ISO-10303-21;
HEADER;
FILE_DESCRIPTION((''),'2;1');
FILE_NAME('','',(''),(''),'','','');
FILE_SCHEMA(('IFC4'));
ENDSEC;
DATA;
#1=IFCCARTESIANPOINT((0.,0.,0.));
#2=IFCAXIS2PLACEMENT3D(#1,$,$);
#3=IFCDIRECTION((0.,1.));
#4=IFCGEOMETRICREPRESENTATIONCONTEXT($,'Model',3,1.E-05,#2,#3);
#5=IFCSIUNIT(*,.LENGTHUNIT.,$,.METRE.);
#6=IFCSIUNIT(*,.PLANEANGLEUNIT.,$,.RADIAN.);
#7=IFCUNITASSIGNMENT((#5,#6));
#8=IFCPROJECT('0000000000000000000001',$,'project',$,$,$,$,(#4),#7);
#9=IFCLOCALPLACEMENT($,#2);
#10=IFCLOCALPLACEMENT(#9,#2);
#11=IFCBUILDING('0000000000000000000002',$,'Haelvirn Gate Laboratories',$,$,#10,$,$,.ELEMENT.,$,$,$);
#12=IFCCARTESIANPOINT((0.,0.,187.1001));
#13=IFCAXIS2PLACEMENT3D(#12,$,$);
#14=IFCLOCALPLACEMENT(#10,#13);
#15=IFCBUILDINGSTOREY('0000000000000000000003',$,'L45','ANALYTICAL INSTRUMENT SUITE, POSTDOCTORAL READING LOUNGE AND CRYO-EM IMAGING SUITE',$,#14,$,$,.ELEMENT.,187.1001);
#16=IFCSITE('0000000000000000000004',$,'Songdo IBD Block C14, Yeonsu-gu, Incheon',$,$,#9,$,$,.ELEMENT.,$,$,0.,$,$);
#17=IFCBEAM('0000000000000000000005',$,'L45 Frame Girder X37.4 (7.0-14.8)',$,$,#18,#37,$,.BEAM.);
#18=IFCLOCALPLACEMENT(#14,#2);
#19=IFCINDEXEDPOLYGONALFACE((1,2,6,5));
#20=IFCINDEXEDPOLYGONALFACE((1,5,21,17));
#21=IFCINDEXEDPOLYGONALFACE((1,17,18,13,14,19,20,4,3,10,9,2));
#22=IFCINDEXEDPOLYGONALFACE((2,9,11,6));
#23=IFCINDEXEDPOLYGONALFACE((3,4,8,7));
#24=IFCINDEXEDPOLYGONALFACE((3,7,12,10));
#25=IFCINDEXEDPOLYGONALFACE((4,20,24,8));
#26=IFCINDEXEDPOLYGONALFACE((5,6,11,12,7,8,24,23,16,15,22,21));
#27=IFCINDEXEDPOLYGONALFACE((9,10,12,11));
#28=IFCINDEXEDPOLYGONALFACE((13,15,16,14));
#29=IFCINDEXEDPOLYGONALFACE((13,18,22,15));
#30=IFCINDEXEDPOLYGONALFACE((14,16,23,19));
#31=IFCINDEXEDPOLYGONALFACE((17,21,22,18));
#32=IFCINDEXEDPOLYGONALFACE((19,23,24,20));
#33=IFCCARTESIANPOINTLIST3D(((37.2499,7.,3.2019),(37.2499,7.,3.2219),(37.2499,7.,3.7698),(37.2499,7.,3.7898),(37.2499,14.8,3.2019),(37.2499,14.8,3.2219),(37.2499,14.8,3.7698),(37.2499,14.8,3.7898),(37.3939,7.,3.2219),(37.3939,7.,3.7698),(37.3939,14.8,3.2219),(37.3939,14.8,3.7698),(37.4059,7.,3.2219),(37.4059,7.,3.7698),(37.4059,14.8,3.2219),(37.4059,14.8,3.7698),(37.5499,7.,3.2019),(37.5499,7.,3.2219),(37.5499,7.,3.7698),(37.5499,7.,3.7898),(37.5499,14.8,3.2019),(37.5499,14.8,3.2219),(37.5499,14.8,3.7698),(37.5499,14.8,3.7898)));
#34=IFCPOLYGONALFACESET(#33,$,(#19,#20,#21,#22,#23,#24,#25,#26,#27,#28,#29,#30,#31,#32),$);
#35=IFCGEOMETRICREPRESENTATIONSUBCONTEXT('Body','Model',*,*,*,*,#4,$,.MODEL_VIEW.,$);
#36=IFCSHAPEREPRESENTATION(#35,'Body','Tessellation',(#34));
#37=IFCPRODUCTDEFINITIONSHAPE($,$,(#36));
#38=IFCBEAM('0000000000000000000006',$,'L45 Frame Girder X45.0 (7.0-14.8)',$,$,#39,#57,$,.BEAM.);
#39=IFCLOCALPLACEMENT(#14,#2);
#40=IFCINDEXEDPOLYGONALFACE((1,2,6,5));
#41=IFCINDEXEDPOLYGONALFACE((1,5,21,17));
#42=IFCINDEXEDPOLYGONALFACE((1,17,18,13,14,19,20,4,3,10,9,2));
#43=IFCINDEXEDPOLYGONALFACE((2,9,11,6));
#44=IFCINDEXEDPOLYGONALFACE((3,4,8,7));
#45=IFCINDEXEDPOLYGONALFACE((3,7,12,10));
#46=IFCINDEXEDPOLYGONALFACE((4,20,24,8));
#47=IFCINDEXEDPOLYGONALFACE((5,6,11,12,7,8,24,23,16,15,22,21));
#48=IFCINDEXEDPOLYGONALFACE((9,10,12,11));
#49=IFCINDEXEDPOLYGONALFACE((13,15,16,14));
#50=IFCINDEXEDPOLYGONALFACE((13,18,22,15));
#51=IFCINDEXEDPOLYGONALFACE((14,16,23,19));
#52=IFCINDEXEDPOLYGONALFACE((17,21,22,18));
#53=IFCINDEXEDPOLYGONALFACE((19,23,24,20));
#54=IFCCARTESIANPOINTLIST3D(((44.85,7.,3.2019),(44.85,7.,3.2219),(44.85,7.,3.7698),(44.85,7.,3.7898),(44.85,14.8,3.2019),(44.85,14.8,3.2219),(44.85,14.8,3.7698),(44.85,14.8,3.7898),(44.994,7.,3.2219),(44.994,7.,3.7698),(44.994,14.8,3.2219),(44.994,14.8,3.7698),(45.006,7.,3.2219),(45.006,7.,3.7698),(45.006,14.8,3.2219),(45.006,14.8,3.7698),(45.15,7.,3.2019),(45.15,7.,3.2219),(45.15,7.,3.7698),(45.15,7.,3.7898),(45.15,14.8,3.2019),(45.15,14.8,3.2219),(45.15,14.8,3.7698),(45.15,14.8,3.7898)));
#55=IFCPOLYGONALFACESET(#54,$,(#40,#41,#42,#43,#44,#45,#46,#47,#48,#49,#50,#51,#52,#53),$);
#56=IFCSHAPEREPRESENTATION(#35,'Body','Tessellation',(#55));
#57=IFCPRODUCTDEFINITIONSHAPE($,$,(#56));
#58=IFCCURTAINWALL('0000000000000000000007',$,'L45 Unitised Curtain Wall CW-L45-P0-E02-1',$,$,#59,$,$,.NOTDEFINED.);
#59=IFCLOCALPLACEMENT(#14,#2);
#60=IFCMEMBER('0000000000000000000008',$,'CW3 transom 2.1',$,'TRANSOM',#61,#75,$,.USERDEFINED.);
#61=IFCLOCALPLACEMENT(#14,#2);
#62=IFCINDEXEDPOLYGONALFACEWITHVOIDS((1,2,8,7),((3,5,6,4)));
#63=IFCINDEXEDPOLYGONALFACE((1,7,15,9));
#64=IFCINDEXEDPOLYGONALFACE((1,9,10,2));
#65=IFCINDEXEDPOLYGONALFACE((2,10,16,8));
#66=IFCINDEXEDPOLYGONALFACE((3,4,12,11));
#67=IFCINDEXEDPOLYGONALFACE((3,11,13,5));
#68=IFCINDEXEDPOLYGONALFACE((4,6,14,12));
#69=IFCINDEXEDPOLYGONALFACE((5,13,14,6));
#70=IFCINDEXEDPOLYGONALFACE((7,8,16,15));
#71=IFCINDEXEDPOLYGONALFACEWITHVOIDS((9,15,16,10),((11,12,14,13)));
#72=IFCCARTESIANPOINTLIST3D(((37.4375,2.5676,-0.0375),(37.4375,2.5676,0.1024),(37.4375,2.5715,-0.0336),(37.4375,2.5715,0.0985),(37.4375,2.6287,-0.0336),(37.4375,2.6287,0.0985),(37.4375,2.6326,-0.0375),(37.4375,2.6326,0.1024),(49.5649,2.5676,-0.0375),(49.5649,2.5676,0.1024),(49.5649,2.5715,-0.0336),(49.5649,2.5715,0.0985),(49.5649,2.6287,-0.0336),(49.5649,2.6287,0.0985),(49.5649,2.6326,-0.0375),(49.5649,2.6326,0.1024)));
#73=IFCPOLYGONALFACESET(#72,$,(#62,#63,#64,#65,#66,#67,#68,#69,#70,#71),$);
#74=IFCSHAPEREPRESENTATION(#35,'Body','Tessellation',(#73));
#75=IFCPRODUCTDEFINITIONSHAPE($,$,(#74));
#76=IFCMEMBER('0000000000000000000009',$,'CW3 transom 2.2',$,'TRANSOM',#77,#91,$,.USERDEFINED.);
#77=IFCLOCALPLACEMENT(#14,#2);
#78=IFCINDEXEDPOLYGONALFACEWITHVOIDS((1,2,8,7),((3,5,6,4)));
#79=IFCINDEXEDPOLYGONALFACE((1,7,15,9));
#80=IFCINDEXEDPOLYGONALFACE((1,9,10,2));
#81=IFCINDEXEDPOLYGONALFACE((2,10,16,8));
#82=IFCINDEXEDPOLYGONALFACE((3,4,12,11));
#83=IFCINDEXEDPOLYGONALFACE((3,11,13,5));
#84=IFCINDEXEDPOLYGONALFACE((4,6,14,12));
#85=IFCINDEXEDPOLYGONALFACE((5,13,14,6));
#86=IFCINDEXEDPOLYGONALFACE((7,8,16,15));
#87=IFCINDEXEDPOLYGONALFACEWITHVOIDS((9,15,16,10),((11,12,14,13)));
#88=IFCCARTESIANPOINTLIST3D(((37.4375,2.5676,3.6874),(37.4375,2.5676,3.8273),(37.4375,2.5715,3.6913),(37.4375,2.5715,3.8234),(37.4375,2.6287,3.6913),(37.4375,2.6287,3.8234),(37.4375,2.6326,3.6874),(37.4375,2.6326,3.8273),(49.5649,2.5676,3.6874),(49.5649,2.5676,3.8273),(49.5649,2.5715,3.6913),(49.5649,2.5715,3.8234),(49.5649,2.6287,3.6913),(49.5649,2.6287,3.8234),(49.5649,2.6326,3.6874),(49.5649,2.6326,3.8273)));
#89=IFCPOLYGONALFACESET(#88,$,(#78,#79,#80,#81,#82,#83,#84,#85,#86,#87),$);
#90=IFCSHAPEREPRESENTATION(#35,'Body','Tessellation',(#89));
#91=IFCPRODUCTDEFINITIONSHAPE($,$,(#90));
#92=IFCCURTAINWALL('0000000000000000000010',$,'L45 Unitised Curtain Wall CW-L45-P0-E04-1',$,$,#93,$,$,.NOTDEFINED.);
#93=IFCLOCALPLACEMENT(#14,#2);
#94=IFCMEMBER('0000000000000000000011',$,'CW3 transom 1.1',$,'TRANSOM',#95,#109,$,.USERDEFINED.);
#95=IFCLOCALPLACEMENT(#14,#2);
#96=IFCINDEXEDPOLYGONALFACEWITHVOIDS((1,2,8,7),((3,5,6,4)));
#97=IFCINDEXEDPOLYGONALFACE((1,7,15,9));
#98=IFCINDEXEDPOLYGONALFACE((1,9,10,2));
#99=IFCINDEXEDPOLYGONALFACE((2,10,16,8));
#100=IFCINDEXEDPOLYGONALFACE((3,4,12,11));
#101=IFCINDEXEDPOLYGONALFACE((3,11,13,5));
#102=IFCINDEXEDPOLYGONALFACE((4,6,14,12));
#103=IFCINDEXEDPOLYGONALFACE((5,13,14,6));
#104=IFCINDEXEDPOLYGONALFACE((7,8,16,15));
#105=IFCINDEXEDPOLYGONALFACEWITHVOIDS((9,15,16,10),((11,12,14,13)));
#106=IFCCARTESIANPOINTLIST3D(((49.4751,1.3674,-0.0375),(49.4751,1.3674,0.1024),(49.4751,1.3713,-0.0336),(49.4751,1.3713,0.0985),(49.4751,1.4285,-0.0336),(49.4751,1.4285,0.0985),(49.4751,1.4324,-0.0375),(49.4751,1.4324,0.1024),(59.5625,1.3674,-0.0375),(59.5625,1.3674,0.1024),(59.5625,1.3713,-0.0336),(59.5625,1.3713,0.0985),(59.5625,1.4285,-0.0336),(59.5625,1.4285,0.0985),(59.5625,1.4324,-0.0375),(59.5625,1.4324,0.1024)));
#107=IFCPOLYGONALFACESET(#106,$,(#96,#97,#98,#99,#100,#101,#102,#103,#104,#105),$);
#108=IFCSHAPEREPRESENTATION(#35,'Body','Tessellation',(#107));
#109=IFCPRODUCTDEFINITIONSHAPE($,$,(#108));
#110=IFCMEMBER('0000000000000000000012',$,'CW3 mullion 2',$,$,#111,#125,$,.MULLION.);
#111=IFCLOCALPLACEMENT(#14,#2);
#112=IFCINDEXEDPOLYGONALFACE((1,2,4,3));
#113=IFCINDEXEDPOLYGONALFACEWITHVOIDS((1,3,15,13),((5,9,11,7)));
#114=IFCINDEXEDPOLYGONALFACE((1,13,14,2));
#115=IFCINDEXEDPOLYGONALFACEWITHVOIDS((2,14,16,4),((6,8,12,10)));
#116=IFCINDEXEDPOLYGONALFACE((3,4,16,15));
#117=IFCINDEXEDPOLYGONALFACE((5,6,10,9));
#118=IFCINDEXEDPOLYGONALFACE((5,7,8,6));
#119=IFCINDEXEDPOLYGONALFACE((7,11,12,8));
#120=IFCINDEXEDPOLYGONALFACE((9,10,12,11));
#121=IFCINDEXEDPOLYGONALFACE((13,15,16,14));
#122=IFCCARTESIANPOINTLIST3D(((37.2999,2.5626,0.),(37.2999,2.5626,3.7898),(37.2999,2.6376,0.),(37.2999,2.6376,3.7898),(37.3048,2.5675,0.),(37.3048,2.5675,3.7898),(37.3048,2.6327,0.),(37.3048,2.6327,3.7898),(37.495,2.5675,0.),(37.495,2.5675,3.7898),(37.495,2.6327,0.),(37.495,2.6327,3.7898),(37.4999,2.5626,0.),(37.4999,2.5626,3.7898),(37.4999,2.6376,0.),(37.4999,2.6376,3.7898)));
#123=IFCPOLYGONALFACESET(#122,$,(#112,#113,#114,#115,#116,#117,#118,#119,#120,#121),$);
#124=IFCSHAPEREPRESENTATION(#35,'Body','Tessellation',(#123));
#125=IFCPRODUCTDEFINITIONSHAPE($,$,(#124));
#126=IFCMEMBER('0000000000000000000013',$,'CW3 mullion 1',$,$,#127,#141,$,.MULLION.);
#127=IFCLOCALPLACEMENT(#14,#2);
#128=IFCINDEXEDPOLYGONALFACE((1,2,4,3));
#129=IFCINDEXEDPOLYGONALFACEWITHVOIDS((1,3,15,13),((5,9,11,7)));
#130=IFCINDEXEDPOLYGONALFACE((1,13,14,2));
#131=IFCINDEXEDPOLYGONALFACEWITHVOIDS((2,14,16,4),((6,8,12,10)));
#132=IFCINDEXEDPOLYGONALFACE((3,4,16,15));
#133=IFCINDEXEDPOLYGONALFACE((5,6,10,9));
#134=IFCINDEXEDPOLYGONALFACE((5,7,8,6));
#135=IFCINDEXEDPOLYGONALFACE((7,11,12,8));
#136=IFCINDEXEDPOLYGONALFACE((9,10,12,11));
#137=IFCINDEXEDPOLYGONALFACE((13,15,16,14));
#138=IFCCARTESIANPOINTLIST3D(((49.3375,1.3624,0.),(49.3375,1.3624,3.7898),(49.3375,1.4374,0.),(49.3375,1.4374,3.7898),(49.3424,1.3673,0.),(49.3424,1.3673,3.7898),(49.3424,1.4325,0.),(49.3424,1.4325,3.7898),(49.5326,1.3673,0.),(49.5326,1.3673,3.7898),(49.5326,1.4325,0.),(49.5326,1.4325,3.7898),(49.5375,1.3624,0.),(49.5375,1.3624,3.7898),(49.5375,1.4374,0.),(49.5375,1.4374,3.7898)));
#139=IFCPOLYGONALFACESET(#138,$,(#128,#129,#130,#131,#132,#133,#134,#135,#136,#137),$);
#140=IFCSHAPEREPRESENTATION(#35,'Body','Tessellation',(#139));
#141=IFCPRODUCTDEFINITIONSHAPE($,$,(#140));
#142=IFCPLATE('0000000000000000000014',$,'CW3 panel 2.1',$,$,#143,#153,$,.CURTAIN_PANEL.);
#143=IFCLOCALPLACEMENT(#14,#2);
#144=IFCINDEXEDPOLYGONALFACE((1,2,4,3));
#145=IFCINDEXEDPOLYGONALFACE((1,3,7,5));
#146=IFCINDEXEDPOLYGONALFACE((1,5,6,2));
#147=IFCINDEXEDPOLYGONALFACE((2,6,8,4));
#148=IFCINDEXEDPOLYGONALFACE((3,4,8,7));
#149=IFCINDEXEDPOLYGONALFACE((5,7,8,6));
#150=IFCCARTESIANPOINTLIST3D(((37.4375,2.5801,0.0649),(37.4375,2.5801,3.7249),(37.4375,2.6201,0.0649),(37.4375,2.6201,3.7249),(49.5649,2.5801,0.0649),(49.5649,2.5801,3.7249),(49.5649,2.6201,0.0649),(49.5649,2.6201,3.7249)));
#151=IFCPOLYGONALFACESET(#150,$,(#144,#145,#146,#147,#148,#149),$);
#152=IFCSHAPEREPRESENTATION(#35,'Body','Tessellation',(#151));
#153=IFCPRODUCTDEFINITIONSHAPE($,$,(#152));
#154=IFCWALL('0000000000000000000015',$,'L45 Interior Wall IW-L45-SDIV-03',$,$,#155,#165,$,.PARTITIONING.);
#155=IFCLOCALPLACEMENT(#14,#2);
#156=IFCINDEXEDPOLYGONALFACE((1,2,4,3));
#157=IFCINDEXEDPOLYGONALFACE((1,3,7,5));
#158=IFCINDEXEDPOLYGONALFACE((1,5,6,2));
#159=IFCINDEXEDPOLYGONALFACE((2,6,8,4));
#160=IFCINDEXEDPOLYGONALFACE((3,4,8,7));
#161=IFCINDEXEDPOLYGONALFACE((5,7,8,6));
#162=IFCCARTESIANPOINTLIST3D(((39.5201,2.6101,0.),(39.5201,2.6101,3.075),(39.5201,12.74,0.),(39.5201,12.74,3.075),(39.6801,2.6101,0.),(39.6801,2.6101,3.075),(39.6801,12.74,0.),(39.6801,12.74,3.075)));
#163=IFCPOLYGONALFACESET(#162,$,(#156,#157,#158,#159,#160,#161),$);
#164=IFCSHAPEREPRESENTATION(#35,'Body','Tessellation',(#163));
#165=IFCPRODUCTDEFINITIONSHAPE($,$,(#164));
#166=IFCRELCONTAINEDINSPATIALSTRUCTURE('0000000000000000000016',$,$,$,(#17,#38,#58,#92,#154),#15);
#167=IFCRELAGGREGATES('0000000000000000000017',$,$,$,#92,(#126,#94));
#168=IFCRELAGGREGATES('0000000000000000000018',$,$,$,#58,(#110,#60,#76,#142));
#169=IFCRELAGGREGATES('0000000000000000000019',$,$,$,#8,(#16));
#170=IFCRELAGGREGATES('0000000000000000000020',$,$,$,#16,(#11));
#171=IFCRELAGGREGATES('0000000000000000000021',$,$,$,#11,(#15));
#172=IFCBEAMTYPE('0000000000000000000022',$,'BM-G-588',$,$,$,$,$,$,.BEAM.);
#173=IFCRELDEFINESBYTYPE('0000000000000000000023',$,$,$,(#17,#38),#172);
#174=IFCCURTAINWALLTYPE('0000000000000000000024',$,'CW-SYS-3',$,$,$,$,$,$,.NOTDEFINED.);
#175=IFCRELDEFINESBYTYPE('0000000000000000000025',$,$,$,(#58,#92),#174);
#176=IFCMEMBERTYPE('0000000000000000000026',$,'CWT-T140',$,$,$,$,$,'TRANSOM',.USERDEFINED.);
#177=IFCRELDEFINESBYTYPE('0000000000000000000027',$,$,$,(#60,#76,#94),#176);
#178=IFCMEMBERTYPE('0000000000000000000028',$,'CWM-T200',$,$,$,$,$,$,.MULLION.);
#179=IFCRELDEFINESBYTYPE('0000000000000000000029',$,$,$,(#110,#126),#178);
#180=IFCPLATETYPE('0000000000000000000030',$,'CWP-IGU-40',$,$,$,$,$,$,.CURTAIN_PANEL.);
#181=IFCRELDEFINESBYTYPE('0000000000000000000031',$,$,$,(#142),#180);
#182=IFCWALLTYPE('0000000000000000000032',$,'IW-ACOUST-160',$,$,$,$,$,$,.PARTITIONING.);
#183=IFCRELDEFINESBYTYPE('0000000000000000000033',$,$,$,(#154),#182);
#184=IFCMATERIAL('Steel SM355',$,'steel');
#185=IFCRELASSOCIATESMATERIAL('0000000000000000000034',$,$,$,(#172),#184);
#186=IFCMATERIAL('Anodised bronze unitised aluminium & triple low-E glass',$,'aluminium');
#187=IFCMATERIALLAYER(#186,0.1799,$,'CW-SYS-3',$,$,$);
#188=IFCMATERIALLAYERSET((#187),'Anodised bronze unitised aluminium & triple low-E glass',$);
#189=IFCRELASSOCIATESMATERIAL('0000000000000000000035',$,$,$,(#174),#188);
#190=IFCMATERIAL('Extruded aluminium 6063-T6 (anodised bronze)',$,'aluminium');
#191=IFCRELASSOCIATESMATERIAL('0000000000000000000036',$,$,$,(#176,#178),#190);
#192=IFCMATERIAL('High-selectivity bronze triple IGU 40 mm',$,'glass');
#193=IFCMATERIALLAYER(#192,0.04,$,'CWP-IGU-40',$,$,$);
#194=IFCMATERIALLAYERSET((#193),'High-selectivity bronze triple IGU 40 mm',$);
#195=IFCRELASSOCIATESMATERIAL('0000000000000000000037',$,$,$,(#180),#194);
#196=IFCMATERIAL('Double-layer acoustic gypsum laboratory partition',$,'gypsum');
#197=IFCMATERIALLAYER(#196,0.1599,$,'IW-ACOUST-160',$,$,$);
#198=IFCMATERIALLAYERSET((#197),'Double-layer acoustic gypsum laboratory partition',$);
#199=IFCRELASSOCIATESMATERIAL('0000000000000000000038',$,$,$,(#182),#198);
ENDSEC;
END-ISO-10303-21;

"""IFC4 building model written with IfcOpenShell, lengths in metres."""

from ifc_helpers import new_model, si_unit, direction, frame, frame_2d, origin, origin_2d, place, context, subcontext, project, spatial, rectangle, hollow_rectangle, i_section, extrude, source, transform, mapped, material, layer, layer_set, material_profile, profile_set, type_object, type_shapes, element, aggregate, save


model = new_model("IFC4")

# Units and contexts
model_context = context("Model", 3, precision=1e-05, world=origin(), true_north=direction((0.0, 1.0)))
body_context = subcontext(model_context, "Body", "Model", "MODEL_VIEW")
ifc_project = project(units=[si_unit("LENGTHUNIT", "METRE"), si_unit("PLANEANGLEUNIT", "RADIAN")], contexts=[model_context])

# Site, building, storey
site_placement = place(None, origin())
site = spatial("IfcSite", under=ifc_project, at=site_placement, Name="Songdo IBD Block C14, Yeonsu-gu, Incheon", CompositionType="ELEMENT", RefElevation=0.0)
building_placement = place(site_placement, origin())
building = spatial("IfcBuilding", under=site, at=building_placement, Name="Haelvirn Gate Laboratories", CompositionType="ELEMENT")
storey_placement = place(building_placement, frame((0.0, 0.0, 187.1001)))
storey = spatial("IfcBuildingStorey", under=building, at=storey_placement, Name="L45", Description="ANALYTICAL INSTRUMENT SUITE, POSTDOCTORAL READING LOUNGE AND CRYO-EM IMAGING SUITE", CompositionType="ELEMENT", Elevation=187.1001)

# Shared definitions
ifc_material_1 = material(Name="Steel SM355", Category="steel")

# Beams
ifc_material_profile_1 = material_profile(ifc_material_1, i_section(OverallWidth=0.3, OverallDepth=0.5879, WebThickness=0.012, FlangeThickness=0.02, at=origin_2d()), Name="H-588x300x12x20")
ifc_profile_set_1 = profile_set([ifc_material_profile_1], Name="Steel SM355")
beam_type_1 = type_object("IfcBeamType", Name="BM-G-588", PredefinedType="BEAM", material=ifc_profile_set_1)
shared_shape_1 = source(origin(), body_context, "Body", "SweptSolid", [
    extrude(i_section(OverallWidth=0.3, OverallDepth=0.5879, WebThickness=0.012, FlangeThickness=0.02, at=origin_2d()), origin(), (0.0, 0.0, 1.0), 7.8),
])
type_shapes(beam_type_1, [shared_shape_1])
for number, where, z_axis, x_axis, name in (
    (1, (37.3999, 7.0, 3.4958), (0.0, 1.0, 0.0), (-1.0, 0.0, 0.0), "L45 Frame Girder X37.4 (7.0-14.8)"),
    (2, (45.0, 7.0, 3.4958), (0.0, 1.0, 0.0), (-1.0, 0.0, 0.0), "L45 Frame Girder X45.0 (7.0-14.8)"),
):
    element("IfcBeam", number, at=place(storey_placement, frame(where, z_axis=z_axis, x_axis=x_axis)), inside=storey, type_object=beam_type_1, Name=name, PredefinedType="BEAM", context=body_context, shape_type="MappedRepresentation", body=[
        mapped(shared_shape_1, transform((0.0, 0.0, 0.0), scale=1.0)),
    ])

# Curtain wall, members
ifc_material_2 = material(Name="Anodised bronze unitised aluminium & triple low-E glass", Category="aluminium")
ifc_layer_1 = layer(ifc_material_2, 0.1799, Name="CW-SYS-3")
ifc_layer_set_1 = layer_set([ifc_layer_1], Name="Anodised bronze unitised aluminium & triple low-E glass")
curtain_wall_type = type_object("IfcCurtainWallType", Name="CW-SYS-3", PredefinedType="NOTDEFINED", material=ifc_layer_set_1)
curtain_wall_1_placement = place(storey_placement, origin())
curtain_wall_1 = element("IfcCurtainWall", 3, at=curtain_wall_1_placement, inside=storey, type_object=curtain_wall_type, Name="L45 Unitised Curtain Wall CW-L45-P0-E02-1", PredefinedType="NOTDEFINED")
ifc_material_3 = material(Name="Extruded aluminium 6063-T6 (anodised bronze)", Category="aluminium")
ifc_material_profile_2 = material_profile(ifc_material_3, hollow_rectangle(XDim=0.0649, YDim=0.1399, WallThickness=0.0039, at=origin_2d()), Name="CWT-140x65x4")
ifc_profile_set_2 = profile_set([ifc_material_profile_2], Name="Extruded aluminium 6063-T6 (anodised bronze)")
member_type_1 = type_object("IfcMemberType", Name="CWT-T140", ElementType="TRANSOM", PredefinedType="USERDEFINED", material=ifc_profile_set_2)
shared_shape_2 = source(origin(), body_context, "Body", "SweptSolid", [
    extrude(hollow_rectangle(XDim=0.0649, YDim=0.1399, WallThickness=0.0039, at=origin_2d()), origin(), (0.0, 0.0, 1.0), 12.1274),
])
member_1_placement = place(storey_placement, frame((37.4375, 2.6001, 0.0325), z_axis=(1.0, 0.0, 0.0), x_axis=(0.0, 1.0, 0.0)))
member_1 = element("IfcMember", 4, at=member_1_placement, type_object=member_type_1, Name="CW3 transom 2.1", ObjectType="TRANSOM", PredefinedType="USERDEFINED", context=body_context, shape_type="MappedRepresentation", body=[
    mapped(shared_shape_2, transform((0.0, 0.0, 0.0), scale=1.0)),
])
member_2_placement = place(storey_placement, frame((37.4375, 2.6001, 3.7573), z_axis=(1.0, 0.0, 0.0), x_axis=(0.0, 1.0, 0.0)))
member_2 = element("IfcMember", 5, at=member_2_placement, type_object=member_type_1, Name="CW3 transom 2.2", ObjectType="TRANSOM", PredefinedType="USERDEFINED", context=body_context, shape_type="MappedRepresentation", body=[
    mapped(shared_shape_2, transform((0.0, 0.0, 0.0), scale=1.0)),
])

# Curtain wall, member
curtain_wall_2_placement = place(storey_placement, origin())
curtain_wall_2 = element("IfcCurtainWall", 6, at=curtain_wall_2_placement, inside=storey, type_object=curtain_wall_type, Name="L45 Unitised Curtain Wall CW-L45-P0-E04-1", PredefinedType="NOTDEFINED")
shared_shape_3 = source(origin(), body_context, "Body", "SweptSolid", [
    extrude(hollow_rectangle(XDim=0.0649, YDim=0.1399, WallThickness=0.0039, at=origin_2d()), origin(), (0.0, 0.0, 1.0), 10.0874),
])
type_shapes(member_type_1, [shared_shape_2, shared_shape_3])
member_3_placement = place(storey_placement, frame((49.4751, 1.3999, 0.0325), z_axis=(1.0, 0.0, 0.0), x_axis=(0.0, 1.0, 0.0)))
member_3 = element("IfcMember", 7, at=member_3_placement, type_object=member_type_1, Name="CW3 transom 1.1", ObjectType="TRANSOM", PredefinedType="USERDEFINED", context=body_context, shape_type="MappedRepresentation", body=[
    mapped(shared_shape_3, transform((0.0, 0.0, 0.0), scale=1.0)),
])

# Members
ifc_material_profile_3 = material_profile(ifc_material_3, hollow_rectangle(XDim=0.075, YDim=0.2, WallThickness=0.0049, at=origin_2d()), Name="CWM-200x75x5")
ifc_profile_set_3 = profile_set([ifc_material_profile_3], Name="Extruded aluminium 6063-T6 (anodised bronze)")
member_type_2 = type_object("IfcMemberType", Name="CWM-T200", PredefinedType="MULLION", material=ifc_profile_set_3)
shared_shape_4 = source(origin(), body_context, "Body", "SweptSolid", [
    extrude(hollow_rectangle(XDim=0.075, YDim=0.2, WallThickness=0.0049, at=origin_2d()), origin(), (0.0, 0.0, 1.0), 3.7898),
])
type_shapes(member_type_2, [shared_shape_4])
member_4_placement = place(storey_placement, frame((37.3999, 2.6001, 0.0), z_axis=(0.0, 0.0, 1.0), x_axis=(0.0, 1.0, 0.0)))
member_4 = element("IfcMember", 8, at=member_4_placement, type_object=member_type_2, Name="CW3 mullion 2", PredefinedType="MULLION", context=body_context, shape_type="MappedRepresentation", body=[
    mapped(shared_shape_4, transform((0.0, 0.0, 0.0), scale=1.0)),
])
member_5_placement = place(storey_placement, frame((49.4375, 1.3999, 0.0), z_axis=(0.0, 0.0, 1.0), x_axis=(0.0, 1.0, 0.0)))
member_5 = element("IfcMember", 9, at=member_5_placement, type_object=member_type_2, Name="CW3 mullion 1", PredefinedType="MULLION", context=body_context, shape_type="MappedRepresentation", body=[
    mapped(shared_shape_4, transform((0.0, 0.0, 0.0), scale=1.0)),
])
aggregate(curtain_wall_2, [member_5, member_3])

# Plate
ifc_material_4 = material(Name="High-selectivity bronze triple IGU 40 mm", Category="glass")
ifc_layer_2 = layer(ifc_material_4, 0.04, Name="CWP-IGU-40")
ifc_layer_set_2 = layer_set([ifc_layer_2], Name="High-selectivity bronze triple IGU 40 mm")
plate_type = type_object("IfcPlateType", Name="CWP-IGU-40", PredefinedType="CURTAIN_PANEL", material=ifc_layer_set_2)
shared_shape_5 = source(origin(), body_context, "Body", "SweptSolid", [
    extrude(rectangle(XDim=12.1274, YDim=0.04, at=origin_2d()), origin(), (0.0, 0.0, 1.0), 3.6599),
])
type_shapes(plate_type, [shared_shape_5])
plate_placement = place(storey_placement, frame((43.5012, 2.6001, 0.0649), z_axis=(0.0, 0.0, 1.0), x_axis=(1.0, 0.0, 0.0)))
plate = element("IfcPlate", 10, at=plate_placement, type_object=plate_type, Name="CW3 panel 2.1", PredefinedType="CURTAIN_PANEL", context=body_context, shape_type="MappedRepresentation", body=[
    mapped(shared_shape_5, transform((0.0, 0.0, 0.0), scale=1.0)),
])
aggregate(curtain_wall_1, [member_4, member_1, member_2, plate])

# Wall
ifc_material_5 = material(Name="Double-layer acoustic gypsum laboratory partition", Category="gypsum")
ifc_layer_3 = layer(ifc_material_5, 0.1599, Name="IW-ACOUST-160")
ifc_layer_set_3 = layer_set([ifc_layer_3], Name="Double-layer acoustic gypsum laboratory partition")
wall_type_1 = type_object("IfcWallType", Name="IW-ACOUST-160", PredefinedType="PARTITIONING", material=ifc_layer_set_3)
wall_1_placement = place(storey_placement, frame((39.6001, 2.6101, 0.0), z_axis=(0.0, 0.0, 1.0), x_axis=(0.0, 1.0, 0.0)))
element("IfcWall", 11, at=wall_1_placement, inside=storey, type_object=wall_type_1, Name="L45 Interior Wall IW-L45-SDIV-03", PredefinedType="PARTITIONING", context=body_context, shape_type="SweptSolid", body=[
    extrude(rectangle(XDim=10.1299, YDim=0.1599, at=frame_2d((5.0649, 0.0))), origin(), (0.0, 0.0, 1.0), 3.075),
])

save(model, "model.ifc")
